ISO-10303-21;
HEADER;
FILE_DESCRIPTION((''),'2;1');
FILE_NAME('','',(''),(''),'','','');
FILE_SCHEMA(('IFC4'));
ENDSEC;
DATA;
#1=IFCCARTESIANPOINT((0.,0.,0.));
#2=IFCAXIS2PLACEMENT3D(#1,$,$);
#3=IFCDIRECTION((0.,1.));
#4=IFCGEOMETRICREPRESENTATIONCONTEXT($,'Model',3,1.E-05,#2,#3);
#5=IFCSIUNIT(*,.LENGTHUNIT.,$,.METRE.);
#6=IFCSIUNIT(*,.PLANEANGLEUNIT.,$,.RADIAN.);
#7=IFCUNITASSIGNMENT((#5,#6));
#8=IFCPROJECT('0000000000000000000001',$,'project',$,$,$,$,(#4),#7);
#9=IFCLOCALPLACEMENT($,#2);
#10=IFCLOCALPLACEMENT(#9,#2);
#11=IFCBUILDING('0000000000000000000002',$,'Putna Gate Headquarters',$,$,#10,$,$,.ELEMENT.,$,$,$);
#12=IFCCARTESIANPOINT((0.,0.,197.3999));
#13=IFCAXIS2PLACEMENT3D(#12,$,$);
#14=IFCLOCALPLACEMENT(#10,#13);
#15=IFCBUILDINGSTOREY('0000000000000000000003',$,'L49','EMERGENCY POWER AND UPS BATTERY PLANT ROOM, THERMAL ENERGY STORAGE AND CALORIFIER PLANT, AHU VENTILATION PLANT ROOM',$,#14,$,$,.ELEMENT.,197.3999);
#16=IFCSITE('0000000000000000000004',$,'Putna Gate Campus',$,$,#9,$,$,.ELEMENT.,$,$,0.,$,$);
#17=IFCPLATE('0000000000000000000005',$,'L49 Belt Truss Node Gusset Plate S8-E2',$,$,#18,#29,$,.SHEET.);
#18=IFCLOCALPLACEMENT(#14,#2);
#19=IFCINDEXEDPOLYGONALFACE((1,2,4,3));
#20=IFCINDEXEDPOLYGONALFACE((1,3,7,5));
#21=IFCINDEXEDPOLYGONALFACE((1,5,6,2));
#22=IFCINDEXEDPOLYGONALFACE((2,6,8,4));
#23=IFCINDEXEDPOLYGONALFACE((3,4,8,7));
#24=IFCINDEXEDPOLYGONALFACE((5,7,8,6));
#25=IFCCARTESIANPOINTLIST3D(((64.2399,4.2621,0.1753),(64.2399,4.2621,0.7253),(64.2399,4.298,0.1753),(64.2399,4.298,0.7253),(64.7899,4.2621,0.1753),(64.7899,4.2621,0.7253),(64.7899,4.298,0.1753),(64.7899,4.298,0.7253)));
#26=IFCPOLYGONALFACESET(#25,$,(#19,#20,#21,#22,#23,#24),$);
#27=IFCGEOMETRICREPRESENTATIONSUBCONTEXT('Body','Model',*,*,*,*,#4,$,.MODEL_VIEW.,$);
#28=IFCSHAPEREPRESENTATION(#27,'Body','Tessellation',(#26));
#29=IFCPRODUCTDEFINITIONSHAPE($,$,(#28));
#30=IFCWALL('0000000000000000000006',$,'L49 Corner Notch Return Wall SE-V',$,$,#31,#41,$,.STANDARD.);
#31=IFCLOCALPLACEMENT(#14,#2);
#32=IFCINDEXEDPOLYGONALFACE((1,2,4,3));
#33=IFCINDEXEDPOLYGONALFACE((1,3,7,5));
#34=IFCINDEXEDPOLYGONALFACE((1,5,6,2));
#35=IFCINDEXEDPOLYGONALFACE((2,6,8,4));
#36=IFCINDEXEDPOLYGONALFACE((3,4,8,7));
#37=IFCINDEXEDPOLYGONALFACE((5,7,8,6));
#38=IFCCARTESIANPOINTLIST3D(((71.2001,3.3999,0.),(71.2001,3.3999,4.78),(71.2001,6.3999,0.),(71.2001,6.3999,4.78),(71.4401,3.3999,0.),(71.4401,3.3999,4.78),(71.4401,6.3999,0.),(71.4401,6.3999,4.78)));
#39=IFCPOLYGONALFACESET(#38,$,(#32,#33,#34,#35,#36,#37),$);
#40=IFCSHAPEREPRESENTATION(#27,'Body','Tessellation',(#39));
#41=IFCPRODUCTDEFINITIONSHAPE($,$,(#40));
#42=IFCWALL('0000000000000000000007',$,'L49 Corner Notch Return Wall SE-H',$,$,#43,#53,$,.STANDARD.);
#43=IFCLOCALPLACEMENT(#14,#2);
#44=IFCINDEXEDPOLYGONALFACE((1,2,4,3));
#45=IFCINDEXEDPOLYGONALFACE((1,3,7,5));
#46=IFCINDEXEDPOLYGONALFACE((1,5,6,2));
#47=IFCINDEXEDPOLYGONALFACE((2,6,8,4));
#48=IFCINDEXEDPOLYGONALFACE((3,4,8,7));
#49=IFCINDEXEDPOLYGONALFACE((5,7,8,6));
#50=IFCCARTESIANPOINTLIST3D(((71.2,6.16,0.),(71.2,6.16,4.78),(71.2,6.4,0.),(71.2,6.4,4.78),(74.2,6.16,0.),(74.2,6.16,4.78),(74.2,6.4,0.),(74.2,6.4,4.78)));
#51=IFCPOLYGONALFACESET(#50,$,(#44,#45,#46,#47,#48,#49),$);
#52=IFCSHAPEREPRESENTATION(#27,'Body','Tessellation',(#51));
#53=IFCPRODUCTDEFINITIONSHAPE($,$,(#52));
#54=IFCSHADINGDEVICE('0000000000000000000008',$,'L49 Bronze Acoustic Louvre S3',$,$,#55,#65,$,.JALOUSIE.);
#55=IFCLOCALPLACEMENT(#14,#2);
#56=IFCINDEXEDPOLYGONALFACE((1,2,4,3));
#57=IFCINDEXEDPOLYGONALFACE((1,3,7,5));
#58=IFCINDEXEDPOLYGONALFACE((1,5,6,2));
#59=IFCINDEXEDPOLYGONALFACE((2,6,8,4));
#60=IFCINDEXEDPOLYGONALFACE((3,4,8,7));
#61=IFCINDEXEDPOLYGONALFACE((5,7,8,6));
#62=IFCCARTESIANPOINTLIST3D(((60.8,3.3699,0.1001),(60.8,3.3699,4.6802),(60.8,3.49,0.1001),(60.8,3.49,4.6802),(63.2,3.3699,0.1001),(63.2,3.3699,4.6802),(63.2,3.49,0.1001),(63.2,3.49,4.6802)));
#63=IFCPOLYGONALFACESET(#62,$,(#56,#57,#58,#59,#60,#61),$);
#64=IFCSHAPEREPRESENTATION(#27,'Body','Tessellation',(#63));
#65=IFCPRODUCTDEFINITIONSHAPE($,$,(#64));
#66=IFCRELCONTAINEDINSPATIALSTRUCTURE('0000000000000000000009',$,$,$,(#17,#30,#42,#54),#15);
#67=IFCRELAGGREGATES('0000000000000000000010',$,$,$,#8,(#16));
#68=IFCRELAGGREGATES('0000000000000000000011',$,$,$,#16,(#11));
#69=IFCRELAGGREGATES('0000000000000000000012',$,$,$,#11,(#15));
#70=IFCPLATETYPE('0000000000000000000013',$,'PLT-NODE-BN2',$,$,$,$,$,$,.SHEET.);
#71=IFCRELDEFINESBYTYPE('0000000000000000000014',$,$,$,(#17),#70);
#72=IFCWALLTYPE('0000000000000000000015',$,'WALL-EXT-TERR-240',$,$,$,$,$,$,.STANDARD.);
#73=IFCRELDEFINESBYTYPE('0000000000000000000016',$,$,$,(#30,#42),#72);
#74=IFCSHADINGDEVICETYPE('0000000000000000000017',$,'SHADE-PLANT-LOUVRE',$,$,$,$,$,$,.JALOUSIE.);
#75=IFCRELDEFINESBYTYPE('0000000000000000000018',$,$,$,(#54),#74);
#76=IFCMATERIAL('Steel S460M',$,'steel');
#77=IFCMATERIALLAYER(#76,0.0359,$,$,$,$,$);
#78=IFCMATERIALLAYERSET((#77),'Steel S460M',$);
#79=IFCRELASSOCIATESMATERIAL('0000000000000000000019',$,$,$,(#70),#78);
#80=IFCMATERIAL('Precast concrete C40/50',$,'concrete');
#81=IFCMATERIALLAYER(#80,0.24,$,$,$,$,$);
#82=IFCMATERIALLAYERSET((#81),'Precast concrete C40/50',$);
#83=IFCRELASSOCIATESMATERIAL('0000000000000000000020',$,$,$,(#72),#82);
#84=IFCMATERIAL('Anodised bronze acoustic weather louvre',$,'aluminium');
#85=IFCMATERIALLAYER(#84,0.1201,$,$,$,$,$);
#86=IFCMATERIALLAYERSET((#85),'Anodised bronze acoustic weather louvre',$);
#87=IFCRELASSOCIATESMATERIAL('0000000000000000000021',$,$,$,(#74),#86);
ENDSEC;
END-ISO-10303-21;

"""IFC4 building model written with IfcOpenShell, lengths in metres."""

from ifc_helpers import new_model, si_unit, direction, frame, frame_2d, origin, origin_2d, place, context, subcontext, project, spatial, rectangle, extrude, material, layer, layer_set, type_object, element, save


model = new_model("IFC4")

# Units and contexts
model_context = context("Model", 3, precision=1e-05, world=origin(), true_north=direction((0.0, 1.0)))
body_context = subcontext(model_context, "Body", "Model", "MODEL_VIEW")
ifc_project = project(units=[si_unit("LENGTHUNIT", "METRE"), si_unit("PLANEANGLEUNIT", "RADIAN")], contexts=[model_context])

# Site, building, storey
site_placement = place(None, origin())
site = spatial("IfcSite", under=ifc_project, at=site_placement, Name="Putna Gate Campus", CompositionType="ELEMENT", RefElevation=0.0)
building_placement = place(site_placement, origin())
building = spatial("IfcBuilding", under=site, at=building_placement, Name="Putna Gate Headquarters", CompositionType="ELEMENT")
storey_placement = place(building_placement, frame((0.0, 0.0, 197.3999)))
storey = spatial("IfcBuildingStorey", under=building, at=storey_placement, Name="L49", Description="EMERGENCY POWER AND UPS BATTERY PLANT ROOM, THERMAL ENERGY STORAGE AND CALORIFIER PLANT, AHU VENTILATION PLANT ROOM", CompositionType="ELEMENT", Elevation=197.3999)

# Shared definitions
ifc_material_1 = material(Name="Steel S460M", Category="steel")

# Plate
ifc_layer_1 = layer(ifc_material_1, 0.0359)
ifc_layer_set_1 = layer_set([ifc_layer_1], Name="Steel S460M")
plate_type_1 = type_object("IfcPlateType", Name="PLT-NODE-BN2", PredefinedType="SHEET", material=ifc_layer_set_1)
for number, where, z_axis, x_axis, name in (
    (1, (64.5149, 4.28, 0.1753), (0.0, 0.0, 1.0), (1.0, 0.0, 0.0), "L49 Belt Truss Node Gusset Plate S8-E2"),
):
    element("IfcPlate", number, at=place(storey_placement, frame(where, z_axis=z_axis, x_axis=x_axis)), inside=storey, type_object=plate_type_1, Name=name, PredefinedType="SHEET", context=body_context, shape_type="SweptSolid", body=[
        extrude(rectangle(XDim=0.55, YDim=0.0359, at=origin_2d()), origin(), (0.0, 0.0, 1.0), 0.55),
    ])

# Walls
ifc_material_2 = material(Name="Precast concrete C40/50", Category="concrete")
ifc_layer_2 = layer(ifc_material_2, 0.24)
ifc_layer_set_2 = layer_set([ifc_layer_2], Name="Precast concrete C40/50")
wall_type = type_object("IfcWallType", Name="WALL-EXT-TERR-240", PredefinedType="STANDARD", material=ifc_layer_set_2)
for number, where, z_axis, x_axis, name in (
    (2, (71.3201, 6.3999, 0.0), (0.0, 0.0, 1.0), (0.0, -1.0, 0.0), "L49 Corner Notch Return Wall SE-V"),
    (3, (74.2, 6.28, 0.0), (0.0, 0.0, 1.0), (-1.0, 0.0, 0.0), "L49 Corner Notch Return Wall SE-H"),
):
    element("IfcWall", number, at=place(storey_placement, frame(where, z_axis=z_axis, x_axis=x_axis)), inside=storey, type_object=wall_type, Name=name, PredefinedType="STANDARD", context=body_context, shape_type="SweptSolid", body=[
        extrude(rectangle(XDim=3.0, YDim=0.24, at=frame_2d((1.5, 0.0))), origin(), (0.0, 0.0, 1.0), 4.78),
    ])

# Shading device
ifc_material_3 = material(Name="Anodised bronze acoustic weather louvre", Category="aluminium")
ifc_layer_3 = layer(ifc_material_3, 0.1201)
ifc_layer_set_3 = layer_set([ifc_layer_3], Name="Anodised bronze acoustic weather louvre")
shading_device_type = type_object("IfcShadingDeviceType", Name="SHADE-PLANT-LOUVRE", PredefinedType="JALOUSIE", material=ifc_layer_set_3)
shading_device_placement = place(storey_placement, frame((62.0, 3.4299, 0.1001), z_axis=(0.0, 0.0, 1.0), x_axis=(1.0, 0.0, 0.0)))
element("IfcShadingDevice", 4, at=shading_device_placement, inside=storey, type_object=shading_device_type, Name="L49 Bronze Acoustic Louvre S3", PredefinedType="JALOUSIE", context=body_context, shape_type="SweptSolid", body=[
    extrude(rectangle(XDim=2.3999, YDim=0.1201, at=origin_2d()), origin(), (0.0, 0.0, 1.0), 4.5801),
])

save(model, "model.ifc")
